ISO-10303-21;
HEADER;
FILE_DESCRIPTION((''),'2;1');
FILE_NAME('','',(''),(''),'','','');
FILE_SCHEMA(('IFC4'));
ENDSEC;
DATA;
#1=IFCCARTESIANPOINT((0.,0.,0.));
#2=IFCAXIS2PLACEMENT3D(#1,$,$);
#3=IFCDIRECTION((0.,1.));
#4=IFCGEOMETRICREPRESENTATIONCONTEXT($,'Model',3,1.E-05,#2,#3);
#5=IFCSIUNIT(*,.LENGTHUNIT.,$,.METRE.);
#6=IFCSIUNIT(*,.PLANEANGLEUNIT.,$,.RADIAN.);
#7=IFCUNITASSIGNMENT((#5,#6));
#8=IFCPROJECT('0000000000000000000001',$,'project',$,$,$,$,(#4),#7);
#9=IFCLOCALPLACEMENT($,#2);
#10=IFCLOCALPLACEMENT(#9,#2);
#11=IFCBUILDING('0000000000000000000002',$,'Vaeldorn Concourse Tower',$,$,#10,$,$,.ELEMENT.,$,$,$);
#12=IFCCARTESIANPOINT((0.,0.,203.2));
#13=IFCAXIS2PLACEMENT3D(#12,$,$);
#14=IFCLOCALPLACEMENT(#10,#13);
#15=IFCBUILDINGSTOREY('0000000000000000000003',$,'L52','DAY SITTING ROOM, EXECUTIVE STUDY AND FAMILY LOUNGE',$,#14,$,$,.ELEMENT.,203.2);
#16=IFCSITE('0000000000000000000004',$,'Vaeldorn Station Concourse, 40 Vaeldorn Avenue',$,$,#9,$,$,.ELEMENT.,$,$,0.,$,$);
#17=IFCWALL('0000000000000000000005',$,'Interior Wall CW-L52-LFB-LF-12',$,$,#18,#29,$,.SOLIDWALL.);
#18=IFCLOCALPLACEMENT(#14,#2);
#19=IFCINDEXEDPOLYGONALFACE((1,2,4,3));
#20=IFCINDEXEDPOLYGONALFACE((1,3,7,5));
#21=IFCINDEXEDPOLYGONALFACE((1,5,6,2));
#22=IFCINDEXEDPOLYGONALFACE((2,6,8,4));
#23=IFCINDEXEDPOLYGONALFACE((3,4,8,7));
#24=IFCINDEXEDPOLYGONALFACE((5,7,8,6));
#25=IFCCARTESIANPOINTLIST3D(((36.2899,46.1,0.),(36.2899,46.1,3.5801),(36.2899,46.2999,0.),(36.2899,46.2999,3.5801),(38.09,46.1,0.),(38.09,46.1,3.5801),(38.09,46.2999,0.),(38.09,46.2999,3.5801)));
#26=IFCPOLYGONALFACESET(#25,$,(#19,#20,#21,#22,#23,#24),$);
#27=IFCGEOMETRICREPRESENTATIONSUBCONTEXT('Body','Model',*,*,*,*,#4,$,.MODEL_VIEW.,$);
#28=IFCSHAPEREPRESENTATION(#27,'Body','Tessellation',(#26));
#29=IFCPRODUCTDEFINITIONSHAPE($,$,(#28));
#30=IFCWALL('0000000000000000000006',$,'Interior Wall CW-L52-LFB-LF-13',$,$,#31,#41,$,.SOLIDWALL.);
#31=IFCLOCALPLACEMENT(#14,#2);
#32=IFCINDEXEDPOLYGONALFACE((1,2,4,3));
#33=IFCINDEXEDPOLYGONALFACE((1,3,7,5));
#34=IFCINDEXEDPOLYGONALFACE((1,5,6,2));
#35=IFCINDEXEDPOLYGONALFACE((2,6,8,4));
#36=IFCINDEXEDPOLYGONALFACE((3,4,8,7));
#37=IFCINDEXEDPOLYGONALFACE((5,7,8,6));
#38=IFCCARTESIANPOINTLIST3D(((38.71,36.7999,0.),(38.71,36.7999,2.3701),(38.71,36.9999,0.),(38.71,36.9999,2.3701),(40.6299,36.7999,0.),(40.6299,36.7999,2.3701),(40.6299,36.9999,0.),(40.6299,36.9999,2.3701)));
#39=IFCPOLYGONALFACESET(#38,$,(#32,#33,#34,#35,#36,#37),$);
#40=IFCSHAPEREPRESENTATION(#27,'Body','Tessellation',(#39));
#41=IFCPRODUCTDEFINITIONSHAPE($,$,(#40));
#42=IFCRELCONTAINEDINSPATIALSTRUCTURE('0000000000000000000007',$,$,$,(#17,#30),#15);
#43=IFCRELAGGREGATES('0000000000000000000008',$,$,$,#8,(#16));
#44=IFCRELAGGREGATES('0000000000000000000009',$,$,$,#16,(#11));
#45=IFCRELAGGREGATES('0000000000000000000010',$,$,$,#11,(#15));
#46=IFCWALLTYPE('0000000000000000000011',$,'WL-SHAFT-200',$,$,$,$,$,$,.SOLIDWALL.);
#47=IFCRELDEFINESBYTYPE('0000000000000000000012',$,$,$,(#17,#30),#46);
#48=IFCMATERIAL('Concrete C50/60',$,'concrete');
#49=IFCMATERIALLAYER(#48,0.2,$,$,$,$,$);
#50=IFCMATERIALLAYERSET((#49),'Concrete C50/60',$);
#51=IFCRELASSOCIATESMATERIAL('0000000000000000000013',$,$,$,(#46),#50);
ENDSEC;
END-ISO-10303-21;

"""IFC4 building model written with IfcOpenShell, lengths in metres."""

from ifc_helpers import new_model, si_unit, direction, frame, frame_2d, origin, place, context, subcontext, project, spatial, rectangle, extrude, material, layer, layer_set, type_object, element, save


model = new_model("IFC4")

# Units and contexts
model_context = context("Model", 3, precision=1e-05, world=origin(), true_north=direction((0.0, 1.0)))
body_context = subcontext(model_context, "Body", "Model", "MODEL_VIEW")
ifc_project = project(units=[si_unit("LENGTHUNIT", "METRE"), si_unit("PLANEANGLEUNIT", "RADIAN")], contexts=[model_context])

# Site, building, storey
site_placement = place(None, origin())
site = spatial("IfcSite", under=ifc_project, at=site_placement, Name="Vaeldorn Station Concourse, 40 Vaeldorn Avenue", CompositionType="ELEMENT", RefElevation=0.0)
building_placement = place(site_placement, origin())
building = spatial("IfcBuilding", under=site, at=building_placement, Name="Vaeldorn Concourse Tower", CompositionType="ELEMENT")
storey_placement = place(building_placement, frame((0.0, 0.0, 203.2)))
storey = spatial("IfcBuildingStorey", under=building, at=storey_placement, Name="L52", Description="DAY SITTING ROOM, EXECUTIVE STUDY AND FAMILY LOUNGE", CompositionType="ELEMENT", Elevation=203.2)

# Shared definitions
ifc_material_1 = material(Name="Concrete C50/60", Category="concrete")

# Wall
ifc_layer_1 = layer(ifc_material_1, 0.2)
ifc_layer_set_1 = layer_set([ifc_layer_1], Name="Concrete C50/60")
wall_type_1 = type_object("IfcWallType", Name="WL-SHAFT-200", PredefinedType="SOLIDWALL", material=ifc_layer_set_1)
for number, where, z_axis, x_axis, name in (
    (1, (36.29, 46.2, 0.0), (0.0, 0.0, 1.0), (1.0, 0.0, 0.0), "Interior Wall CW-L52-LFB-LF-12"),
):
    element("IfcWall", number, at=place(storey_placement, frame(where, z_axis=z_axis, x_axis=x_axis)), inside=storey, type_object=wall_type_1, Name=name, PredefinedType="SOLIDWALL", context=body_context, shape_type="SweptSolid", body=[
        extrude(rectangle(XDim=1.8, YDim=0.2, at=frame_2d((0.8999, 0.0))), origin(), (0.0, 0.0, 1.0), 3.5801),
    ])

# Wall
wall_1_placement = place(storey_placement, frame((38.71, 36.8999, 0.0), z_axis=(0.0, 0.0, 1.0), x_axis=(1.0, 0.0, 0.0)))
element("IfcWall", 2, at=wall_1_placement, inside=storey, type_object=wall_type_1, Name="Interior Wall CW-L52-LFB-LF-13", PredefinedType="SOLIDWALL", context=body_context, shape_type="SweptSolid", body=[
    extrude(rectangle(XDim=1.9199, YDim=0.2, at=frame_2d((0.96, 0.0))), origin(), (0.0, 0.0, 1.0), 2.3701),
])

save(model, "model.ifc")
